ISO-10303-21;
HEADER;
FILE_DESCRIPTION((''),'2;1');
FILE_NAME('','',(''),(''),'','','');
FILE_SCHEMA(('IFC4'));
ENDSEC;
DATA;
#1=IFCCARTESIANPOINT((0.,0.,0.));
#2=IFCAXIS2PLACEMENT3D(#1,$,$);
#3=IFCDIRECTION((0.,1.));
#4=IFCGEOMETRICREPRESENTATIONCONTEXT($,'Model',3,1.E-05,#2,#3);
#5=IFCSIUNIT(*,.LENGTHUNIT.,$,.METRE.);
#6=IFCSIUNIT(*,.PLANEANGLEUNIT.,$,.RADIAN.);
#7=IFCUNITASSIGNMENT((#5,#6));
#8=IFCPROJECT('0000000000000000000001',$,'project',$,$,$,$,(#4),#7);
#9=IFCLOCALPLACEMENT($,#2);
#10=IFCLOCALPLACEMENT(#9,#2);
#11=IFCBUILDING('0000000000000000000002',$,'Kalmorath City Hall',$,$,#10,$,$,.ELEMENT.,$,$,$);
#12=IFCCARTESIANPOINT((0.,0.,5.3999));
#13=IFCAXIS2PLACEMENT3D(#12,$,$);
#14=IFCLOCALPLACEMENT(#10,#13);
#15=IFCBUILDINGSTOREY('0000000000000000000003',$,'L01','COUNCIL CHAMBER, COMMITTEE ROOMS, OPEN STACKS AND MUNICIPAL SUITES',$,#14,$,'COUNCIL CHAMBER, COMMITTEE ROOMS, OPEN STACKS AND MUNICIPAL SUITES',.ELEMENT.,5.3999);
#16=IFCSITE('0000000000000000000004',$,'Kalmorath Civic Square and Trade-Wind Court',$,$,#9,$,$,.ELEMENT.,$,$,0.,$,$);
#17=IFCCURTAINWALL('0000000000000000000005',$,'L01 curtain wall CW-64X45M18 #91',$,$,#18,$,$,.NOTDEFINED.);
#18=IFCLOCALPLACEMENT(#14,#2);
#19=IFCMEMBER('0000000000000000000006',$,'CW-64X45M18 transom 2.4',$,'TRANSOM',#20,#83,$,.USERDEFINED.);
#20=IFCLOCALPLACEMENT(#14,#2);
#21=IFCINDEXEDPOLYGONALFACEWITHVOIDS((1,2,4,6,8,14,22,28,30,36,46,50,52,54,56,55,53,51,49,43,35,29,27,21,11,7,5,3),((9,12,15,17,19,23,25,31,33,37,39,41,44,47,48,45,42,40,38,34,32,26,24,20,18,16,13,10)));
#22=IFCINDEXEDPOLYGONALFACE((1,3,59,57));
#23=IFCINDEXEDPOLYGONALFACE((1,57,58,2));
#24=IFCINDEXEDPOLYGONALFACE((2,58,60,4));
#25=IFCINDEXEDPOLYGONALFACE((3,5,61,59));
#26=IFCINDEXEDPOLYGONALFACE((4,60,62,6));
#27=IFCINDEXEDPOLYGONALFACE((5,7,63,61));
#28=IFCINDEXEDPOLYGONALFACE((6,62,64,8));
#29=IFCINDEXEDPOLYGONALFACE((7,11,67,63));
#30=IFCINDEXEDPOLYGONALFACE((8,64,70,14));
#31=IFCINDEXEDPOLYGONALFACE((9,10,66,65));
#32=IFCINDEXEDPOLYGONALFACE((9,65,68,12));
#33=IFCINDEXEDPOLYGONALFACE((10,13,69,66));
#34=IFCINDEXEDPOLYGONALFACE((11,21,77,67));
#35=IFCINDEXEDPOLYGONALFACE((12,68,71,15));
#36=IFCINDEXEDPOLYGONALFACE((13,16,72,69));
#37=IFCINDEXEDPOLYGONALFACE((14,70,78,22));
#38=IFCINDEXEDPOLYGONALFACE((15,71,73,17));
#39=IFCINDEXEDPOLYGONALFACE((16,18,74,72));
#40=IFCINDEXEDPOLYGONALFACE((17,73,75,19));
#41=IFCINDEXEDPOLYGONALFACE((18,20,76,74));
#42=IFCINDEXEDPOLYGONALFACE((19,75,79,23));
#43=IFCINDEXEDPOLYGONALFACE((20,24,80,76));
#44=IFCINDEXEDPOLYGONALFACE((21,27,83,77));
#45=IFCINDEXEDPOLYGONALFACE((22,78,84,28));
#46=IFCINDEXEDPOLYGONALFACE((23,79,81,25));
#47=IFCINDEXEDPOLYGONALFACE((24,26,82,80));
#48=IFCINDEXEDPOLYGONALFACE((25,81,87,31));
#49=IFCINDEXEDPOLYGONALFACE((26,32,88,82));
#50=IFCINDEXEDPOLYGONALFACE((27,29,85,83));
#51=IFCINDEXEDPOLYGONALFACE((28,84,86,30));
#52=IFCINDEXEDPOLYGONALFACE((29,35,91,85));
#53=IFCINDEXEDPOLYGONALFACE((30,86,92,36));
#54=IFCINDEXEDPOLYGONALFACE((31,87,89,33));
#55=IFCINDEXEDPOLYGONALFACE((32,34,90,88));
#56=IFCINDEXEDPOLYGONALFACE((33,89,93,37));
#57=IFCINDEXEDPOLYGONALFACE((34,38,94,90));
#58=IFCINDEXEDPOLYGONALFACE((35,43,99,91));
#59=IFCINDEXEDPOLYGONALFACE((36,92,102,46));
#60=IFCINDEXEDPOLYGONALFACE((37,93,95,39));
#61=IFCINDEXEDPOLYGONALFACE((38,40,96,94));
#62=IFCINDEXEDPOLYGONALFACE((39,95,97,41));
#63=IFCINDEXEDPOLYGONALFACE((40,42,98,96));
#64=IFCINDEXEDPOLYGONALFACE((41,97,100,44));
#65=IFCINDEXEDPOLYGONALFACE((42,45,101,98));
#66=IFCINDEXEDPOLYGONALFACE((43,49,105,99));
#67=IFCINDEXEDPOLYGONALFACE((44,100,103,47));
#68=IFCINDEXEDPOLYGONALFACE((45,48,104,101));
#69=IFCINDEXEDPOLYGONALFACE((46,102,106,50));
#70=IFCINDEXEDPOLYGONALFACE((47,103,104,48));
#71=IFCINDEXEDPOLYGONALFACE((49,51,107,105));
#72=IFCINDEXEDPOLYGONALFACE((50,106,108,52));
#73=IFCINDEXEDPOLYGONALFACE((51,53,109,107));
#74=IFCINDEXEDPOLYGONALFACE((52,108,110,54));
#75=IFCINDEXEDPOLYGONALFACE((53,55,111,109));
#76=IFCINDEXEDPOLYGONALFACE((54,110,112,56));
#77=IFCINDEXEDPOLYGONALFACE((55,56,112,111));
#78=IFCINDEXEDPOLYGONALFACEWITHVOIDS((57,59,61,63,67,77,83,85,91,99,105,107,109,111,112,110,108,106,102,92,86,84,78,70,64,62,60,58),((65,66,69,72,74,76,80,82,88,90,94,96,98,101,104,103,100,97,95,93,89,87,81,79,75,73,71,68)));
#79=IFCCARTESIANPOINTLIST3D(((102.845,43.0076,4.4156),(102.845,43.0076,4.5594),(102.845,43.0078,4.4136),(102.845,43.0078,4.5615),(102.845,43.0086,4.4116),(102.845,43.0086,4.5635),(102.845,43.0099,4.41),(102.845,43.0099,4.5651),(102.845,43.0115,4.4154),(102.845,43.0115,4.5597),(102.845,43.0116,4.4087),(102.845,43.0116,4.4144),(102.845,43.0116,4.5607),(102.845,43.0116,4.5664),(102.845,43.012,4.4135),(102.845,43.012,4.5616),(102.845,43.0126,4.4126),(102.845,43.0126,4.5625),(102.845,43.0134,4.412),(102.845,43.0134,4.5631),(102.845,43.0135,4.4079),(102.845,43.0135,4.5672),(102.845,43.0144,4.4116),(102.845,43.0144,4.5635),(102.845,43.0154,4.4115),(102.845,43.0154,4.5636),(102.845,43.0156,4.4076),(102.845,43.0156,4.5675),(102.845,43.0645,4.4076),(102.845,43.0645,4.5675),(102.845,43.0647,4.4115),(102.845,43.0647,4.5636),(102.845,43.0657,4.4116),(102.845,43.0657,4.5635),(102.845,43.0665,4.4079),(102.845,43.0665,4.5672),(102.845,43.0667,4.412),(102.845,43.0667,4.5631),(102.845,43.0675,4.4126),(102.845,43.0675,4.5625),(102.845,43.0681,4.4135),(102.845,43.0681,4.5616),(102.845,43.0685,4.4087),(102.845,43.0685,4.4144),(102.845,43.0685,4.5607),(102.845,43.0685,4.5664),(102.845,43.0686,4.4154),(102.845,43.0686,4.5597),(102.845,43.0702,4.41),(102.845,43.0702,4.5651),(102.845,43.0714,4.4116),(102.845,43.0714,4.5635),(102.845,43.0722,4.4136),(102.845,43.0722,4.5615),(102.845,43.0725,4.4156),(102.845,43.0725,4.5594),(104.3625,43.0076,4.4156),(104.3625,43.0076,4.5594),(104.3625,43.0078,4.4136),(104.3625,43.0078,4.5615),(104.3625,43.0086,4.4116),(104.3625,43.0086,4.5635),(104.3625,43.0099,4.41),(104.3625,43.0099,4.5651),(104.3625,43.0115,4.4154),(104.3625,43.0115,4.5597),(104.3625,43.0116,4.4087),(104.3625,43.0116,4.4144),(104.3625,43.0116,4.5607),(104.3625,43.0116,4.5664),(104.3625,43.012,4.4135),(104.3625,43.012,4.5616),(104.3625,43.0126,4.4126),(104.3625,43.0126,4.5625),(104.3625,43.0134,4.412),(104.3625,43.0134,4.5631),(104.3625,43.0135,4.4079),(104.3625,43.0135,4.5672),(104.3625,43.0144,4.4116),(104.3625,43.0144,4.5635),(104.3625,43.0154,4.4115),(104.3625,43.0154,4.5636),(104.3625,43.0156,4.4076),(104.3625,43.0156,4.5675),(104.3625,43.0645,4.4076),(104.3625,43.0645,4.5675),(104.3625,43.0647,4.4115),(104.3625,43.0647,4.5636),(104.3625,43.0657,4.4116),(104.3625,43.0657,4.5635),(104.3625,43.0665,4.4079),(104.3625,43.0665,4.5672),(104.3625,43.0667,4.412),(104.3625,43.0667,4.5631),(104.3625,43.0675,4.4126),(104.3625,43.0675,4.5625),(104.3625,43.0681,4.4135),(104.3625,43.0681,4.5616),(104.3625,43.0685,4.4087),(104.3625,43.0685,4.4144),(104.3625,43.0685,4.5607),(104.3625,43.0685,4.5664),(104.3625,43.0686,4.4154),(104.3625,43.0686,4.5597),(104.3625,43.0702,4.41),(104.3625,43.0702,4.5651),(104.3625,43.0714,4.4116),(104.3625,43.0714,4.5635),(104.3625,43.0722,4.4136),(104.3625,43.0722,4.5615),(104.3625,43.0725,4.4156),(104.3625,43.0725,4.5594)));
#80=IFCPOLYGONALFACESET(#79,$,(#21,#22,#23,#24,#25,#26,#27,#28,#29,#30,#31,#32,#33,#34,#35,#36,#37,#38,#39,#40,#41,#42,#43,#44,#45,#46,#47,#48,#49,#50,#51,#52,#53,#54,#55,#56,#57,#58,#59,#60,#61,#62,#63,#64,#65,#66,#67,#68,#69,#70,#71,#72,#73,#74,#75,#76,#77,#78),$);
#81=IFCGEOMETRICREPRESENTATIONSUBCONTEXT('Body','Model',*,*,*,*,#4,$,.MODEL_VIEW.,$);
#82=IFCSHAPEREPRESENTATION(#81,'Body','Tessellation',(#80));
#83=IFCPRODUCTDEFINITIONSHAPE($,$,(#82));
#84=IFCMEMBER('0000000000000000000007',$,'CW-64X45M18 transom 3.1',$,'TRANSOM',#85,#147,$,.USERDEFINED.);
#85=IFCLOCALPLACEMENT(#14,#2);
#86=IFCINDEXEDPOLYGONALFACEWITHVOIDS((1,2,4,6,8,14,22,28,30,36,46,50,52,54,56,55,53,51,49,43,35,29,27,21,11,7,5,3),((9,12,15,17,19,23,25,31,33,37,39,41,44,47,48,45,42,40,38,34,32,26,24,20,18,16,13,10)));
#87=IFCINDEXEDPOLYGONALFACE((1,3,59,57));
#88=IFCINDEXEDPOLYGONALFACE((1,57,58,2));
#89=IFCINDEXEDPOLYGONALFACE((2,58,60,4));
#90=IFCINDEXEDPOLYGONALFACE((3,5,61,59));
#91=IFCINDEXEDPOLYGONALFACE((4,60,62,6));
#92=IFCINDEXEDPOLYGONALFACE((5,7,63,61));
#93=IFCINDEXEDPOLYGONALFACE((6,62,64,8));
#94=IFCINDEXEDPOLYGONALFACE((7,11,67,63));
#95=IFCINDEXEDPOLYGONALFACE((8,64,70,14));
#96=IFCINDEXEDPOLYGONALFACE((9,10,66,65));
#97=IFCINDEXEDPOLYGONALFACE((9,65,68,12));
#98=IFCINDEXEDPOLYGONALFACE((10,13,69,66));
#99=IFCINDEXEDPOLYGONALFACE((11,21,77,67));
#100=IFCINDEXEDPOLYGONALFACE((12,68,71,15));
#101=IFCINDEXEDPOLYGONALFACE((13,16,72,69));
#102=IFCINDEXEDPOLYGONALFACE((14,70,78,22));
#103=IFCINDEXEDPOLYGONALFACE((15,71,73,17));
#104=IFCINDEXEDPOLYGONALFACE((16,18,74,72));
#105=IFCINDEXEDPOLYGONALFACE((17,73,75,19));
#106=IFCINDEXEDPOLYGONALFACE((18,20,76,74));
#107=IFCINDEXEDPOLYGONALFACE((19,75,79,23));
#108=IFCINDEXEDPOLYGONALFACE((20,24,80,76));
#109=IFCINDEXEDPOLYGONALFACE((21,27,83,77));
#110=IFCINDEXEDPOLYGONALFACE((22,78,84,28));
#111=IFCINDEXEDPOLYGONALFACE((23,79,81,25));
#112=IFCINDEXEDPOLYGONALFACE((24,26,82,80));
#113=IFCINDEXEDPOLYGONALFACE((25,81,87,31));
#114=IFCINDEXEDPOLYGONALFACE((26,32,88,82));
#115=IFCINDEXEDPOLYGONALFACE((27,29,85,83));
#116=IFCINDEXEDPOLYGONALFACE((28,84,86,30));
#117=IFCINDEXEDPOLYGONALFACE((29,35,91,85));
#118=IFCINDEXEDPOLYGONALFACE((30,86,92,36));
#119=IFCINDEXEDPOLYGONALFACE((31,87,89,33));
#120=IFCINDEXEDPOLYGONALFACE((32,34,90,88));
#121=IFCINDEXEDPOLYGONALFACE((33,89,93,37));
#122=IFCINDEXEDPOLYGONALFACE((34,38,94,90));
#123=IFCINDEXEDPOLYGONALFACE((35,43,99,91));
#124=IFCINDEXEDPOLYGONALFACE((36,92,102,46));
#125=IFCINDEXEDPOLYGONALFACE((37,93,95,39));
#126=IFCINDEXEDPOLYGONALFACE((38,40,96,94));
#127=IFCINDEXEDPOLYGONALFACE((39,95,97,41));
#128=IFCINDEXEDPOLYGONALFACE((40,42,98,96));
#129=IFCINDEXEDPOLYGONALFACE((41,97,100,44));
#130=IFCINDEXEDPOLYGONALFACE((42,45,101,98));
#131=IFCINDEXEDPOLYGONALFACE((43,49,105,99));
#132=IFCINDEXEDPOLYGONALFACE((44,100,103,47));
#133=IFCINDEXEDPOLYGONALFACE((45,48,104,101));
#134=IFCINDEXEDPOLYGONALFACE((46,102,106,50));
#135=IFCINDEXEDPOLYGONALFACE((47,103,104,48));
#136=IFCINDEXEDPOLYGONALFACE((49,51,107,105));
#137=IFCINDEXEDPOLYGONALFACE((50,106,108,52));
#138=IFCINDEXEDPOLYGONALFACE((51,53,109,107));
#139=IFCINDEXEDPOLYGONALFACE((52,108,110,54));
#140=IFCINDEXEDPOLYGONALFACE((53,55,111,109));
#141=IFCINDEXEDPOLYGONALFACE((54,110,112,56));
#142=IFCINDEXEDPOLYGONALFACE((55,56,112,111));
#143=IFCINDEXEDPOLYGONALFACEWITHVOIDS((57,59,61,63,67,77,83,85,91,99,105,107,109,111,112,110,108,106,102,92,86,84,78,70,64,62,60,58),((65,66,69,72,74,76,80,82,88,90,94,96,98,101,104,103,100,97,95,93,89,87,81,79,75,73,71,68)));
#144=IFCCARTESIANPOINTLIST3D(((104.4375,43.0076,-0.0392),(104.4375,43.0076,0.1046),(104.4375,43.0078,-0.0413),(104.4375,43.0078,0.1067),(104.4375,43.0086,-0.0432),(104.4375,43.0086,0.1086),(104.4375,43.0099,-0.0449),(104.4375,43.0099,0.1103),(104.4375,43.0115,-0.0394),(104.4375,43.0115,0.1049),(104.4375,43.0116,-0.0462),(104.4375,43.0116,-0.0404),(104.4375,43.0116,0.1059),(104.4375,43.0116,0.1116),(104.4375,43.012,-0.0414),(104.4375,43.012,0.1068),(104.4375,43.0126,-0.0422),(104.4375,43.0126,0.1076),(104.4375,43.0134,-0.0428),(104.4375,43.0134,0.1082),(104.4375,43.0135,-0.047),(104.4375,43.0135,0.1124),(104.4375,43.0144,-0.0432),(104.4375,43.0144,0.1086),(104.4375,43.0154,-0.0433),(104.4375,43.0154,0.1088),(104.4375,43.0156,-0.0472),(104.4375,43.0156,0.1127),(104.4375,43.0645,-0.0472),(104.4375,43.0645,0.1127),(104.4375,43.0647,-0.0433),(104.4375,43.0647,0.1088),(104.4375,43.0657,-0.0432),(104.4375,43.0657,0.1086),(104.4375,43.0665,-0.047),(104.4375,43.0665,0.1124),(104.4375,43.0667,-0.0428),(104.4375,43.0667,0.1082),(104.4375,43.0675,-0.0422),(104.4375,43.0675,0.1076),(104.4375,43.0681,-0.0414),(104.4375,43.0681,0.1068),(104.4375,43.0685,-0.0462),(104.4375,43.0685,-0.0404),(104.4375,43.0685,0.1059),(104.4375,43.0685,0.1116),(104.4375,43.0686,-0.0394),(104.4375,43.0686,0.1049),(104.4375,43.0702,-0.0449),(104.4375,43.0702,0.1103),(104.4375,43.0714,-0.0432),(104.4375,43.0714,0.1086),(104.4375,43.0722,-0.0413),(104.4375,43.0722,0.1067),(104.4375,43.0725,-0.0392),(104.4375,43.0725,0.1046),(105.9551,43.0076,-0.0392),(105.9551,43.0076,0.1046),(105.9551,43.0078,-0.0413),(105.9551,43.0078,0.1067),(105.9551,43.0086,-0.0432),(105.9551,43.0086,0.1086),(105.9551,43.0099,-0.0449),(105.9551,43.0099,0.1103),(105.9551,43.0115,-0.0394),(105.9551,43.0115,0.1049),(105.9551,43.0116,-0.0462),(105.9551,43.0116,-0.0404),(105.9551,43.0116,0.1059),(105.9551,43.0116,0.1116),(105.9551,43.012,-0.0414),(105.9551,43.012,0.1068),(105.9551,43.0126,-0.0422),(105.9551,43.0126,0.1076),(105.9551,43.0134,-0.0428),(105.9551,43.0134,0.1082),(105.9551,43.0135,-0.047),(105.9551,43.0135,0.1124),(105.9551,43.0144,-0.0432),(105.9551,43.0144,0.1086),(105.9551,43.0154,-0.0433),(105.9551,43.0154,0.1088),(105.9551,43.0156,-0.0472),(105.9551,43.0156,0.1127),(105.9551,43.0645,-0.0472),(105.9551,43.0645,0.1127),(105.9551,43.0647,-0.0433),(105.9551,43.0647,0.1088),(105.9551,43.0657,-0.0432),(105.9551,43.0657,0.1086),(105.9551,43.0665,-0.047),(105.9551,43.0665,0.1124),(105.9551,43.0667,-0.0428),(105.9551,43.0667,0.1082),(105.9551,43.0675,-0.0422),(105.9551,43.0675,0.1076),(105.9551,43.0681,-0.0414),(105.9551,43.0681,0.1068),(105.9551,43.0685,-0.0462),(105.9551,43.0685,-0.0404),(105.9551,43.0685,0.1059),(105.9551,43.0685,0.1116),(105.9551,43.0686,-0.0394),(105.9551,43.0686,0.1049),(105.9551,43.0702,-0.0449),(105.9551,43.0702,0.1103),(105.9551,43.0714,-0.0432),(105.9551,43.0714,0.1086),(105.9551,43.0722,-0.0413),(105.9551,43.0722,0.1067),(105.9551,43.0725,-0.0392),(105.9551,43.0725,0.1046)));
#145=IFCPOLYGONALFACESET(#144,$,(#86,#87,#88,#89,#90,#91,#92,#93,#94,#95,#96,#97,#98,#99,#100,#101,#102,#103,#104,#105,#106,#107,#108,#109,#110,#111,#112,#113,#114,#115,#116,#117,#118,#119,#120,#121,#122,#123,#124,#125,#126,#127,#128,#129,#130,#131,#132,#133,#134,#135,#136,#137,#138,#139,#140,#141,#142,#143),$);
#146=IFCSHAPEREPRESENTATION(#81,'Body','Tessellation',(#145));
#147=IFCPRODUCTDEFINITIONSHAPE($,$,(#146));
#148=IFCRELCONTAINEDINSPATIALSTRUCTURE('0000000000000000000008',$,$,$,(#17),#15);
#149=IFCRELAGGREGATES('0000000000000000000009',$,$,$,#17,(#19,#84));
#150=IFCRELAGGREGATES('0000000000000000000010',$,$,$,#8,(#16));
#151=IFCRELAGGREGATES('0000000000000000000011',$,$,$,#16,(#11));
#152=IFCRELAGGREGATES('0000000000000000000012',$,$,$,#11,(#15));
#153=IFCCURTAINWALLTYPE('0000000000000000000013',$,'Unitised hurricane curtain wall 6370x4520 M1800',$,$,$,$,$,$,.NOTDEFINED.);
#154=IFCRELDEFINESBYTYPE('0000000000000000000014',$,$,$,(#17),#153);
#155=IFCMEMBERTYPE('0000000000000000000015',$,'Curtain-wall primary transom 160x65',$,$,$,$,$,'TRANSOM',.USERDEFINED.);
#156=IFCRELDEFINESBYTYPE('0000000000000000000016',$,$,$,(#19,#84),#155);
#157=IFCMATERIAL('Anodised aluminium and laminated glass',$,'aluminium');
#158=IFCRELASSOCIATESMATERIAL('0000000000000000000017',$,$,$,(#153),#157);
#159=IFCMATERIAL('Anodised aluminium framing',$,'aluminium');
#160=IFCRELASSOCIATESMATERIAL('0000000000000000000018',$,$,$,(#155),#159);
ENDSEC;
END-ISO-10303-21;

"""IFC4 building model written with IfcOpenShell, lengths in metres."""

from ifc_helpers import new_model, si_unit, direction, frame, origin, origin_2d, place, context, subcontext, project, spatial, hollow_rectangle, extrude, material, material_profile, profile_set, type_object, element, aggregate, save


model = new_model("IFC4")

# Units and contexts
model_context = context("Model", 3, precision=1e-05, world=origin(), true_north=direction((0.0, 1.0)))
body_context = subcontext(model_context, "Body", "Model", "MODEL_VIEW")
ifc_project = project(units=[si_unit("LENGTHUNIT", "METRE"), si_unit("PLANEANGLEUNIT", "RADIAN")], contexts=[model_context])

# Site, building, storey
site_placement = place(None, origin())
site = spatial("IfcSite", under=ifc_project, at=site_placement, Name="Kalmorath Civic Square and Trade-Wind Court", CompositionType="ELEMENT", RefElevation=0.0)
building_placement = place(site_placement, origin())
building = spatial("IfcBuilding", under=site, at=building_placement, Name="Kalmorath City Hall", CompositionType="ELEMENT")
storey_placement = place(building_placement, frame((0.0, 0.0, 5.3999)))
storey = spatial("IfcBuildingStorey", under=building, at=storey_placement, Name="L01", Description="COUNCIL CHAMBER, COMMITTEE ROOMS, OPEN STACKS AND MUNICIPAL SUITES", LongName="COUNCIL CHAMBER, COMMITTEE ROOMS, OPEN STACKS AND MUNICIPAL SUITES", CompositionType="ELEMENT", Elevation=5.3999)

# Curtain wall, members
ifc_material_1 = material(Name="Anodised aluminium and laminated glass", Category="aluminium")
curtain_wall_type = type_object("IfcCurtainWallType", Name="Unitised hurricane curtain wall 6370x4520 M1800", PredefinedType="NOTDEFINED", material=ifc_material_1)
curtain_wall_placement = place(storey_placement, origin())
curtain_wall = element("IfcCurtainWall", 1, at=curtain_wall_placement, inside=storey, type_object=curtain_wall_type, Name="L01 curtain wall CW-64X45M18 #91", PredefinedType="NOTDEFINED")
ifc_material_2 = material(Name="Anodised aluminium framing", Category="aluminium")
ifc_material_profile_1 = material_profile(ifc_material_2, hollow_rectangle(XDim=0.0649, YDim=0.1599, WallThickness=0.0039, InnerFilletRadius=0.0039, OuterFilletRadius=0.0081, at=origin_2d()), Name="ALU-TRN-160X65X4")
ifc_profile_set_1 = profile_set([ifc_material_profile_1], Name="Anodised aluminium framing")
member_type_1 = type_object("IfcMemberType", Name="Curtain-wall primary transom 160x65", ElementType="TRANSOM", PredefinedType="USERDEFINED", material=ifc_profile_set_1)
member_1_placement = place(storey_placement, frame((102.845, 43.04, 4.4875), z_axis=(1.0, 0.0, 0.0), x_axis=(0.0, 1.0, 0.0)))
member_1 = element("IfcMember", 2, at=member_1_placement, type_object=member_type_1, Name="CW-64X45M18 transom 2.4", ObjectType="TRANSOM", PredefinedType="USERDEFINED", context=body_context, shape_type="SweptSolid", body=[
    extrude(hollow_rectangle(XDim=0.0649, YDim=0.1599, WallThickness=0.0039, InnerFilletRadius=0.0039, OuterFilletRadius=0.0081, at=origin_2d()), origin(), (0.0, 0.0, 1.0), 1.5176),
])
member_2_placement = place(storey_placement, frame((104.4375, 43.04, 0.0327), z_axis=(1.0, 0.0, 0.0), x_axis=(0.0, 1.0, 0.0)))
member_2 = element("IfcMember", 3, at=member_2_placement, type_object=member_type_1, Name="CW-64X45M18 transom 3.1", ObjectType="TRANSOM", PredefinedType="USERDEFINED", context=body_context, shape_type="SweptSolid", body=[
    extrude(hollow_rectangle(XDim=0.0649, YDim=0.1599, WallThickness=0.0039, InnerFilletRadius=0.0039, OuterFilletRadius=0.0081, at=origin_2d()), origin(), (0.0, 0.0, 1.0), 1.5176),
])
aggregate(curtain_wall, [member_1, member_2])

save(model, "model.ifc")
